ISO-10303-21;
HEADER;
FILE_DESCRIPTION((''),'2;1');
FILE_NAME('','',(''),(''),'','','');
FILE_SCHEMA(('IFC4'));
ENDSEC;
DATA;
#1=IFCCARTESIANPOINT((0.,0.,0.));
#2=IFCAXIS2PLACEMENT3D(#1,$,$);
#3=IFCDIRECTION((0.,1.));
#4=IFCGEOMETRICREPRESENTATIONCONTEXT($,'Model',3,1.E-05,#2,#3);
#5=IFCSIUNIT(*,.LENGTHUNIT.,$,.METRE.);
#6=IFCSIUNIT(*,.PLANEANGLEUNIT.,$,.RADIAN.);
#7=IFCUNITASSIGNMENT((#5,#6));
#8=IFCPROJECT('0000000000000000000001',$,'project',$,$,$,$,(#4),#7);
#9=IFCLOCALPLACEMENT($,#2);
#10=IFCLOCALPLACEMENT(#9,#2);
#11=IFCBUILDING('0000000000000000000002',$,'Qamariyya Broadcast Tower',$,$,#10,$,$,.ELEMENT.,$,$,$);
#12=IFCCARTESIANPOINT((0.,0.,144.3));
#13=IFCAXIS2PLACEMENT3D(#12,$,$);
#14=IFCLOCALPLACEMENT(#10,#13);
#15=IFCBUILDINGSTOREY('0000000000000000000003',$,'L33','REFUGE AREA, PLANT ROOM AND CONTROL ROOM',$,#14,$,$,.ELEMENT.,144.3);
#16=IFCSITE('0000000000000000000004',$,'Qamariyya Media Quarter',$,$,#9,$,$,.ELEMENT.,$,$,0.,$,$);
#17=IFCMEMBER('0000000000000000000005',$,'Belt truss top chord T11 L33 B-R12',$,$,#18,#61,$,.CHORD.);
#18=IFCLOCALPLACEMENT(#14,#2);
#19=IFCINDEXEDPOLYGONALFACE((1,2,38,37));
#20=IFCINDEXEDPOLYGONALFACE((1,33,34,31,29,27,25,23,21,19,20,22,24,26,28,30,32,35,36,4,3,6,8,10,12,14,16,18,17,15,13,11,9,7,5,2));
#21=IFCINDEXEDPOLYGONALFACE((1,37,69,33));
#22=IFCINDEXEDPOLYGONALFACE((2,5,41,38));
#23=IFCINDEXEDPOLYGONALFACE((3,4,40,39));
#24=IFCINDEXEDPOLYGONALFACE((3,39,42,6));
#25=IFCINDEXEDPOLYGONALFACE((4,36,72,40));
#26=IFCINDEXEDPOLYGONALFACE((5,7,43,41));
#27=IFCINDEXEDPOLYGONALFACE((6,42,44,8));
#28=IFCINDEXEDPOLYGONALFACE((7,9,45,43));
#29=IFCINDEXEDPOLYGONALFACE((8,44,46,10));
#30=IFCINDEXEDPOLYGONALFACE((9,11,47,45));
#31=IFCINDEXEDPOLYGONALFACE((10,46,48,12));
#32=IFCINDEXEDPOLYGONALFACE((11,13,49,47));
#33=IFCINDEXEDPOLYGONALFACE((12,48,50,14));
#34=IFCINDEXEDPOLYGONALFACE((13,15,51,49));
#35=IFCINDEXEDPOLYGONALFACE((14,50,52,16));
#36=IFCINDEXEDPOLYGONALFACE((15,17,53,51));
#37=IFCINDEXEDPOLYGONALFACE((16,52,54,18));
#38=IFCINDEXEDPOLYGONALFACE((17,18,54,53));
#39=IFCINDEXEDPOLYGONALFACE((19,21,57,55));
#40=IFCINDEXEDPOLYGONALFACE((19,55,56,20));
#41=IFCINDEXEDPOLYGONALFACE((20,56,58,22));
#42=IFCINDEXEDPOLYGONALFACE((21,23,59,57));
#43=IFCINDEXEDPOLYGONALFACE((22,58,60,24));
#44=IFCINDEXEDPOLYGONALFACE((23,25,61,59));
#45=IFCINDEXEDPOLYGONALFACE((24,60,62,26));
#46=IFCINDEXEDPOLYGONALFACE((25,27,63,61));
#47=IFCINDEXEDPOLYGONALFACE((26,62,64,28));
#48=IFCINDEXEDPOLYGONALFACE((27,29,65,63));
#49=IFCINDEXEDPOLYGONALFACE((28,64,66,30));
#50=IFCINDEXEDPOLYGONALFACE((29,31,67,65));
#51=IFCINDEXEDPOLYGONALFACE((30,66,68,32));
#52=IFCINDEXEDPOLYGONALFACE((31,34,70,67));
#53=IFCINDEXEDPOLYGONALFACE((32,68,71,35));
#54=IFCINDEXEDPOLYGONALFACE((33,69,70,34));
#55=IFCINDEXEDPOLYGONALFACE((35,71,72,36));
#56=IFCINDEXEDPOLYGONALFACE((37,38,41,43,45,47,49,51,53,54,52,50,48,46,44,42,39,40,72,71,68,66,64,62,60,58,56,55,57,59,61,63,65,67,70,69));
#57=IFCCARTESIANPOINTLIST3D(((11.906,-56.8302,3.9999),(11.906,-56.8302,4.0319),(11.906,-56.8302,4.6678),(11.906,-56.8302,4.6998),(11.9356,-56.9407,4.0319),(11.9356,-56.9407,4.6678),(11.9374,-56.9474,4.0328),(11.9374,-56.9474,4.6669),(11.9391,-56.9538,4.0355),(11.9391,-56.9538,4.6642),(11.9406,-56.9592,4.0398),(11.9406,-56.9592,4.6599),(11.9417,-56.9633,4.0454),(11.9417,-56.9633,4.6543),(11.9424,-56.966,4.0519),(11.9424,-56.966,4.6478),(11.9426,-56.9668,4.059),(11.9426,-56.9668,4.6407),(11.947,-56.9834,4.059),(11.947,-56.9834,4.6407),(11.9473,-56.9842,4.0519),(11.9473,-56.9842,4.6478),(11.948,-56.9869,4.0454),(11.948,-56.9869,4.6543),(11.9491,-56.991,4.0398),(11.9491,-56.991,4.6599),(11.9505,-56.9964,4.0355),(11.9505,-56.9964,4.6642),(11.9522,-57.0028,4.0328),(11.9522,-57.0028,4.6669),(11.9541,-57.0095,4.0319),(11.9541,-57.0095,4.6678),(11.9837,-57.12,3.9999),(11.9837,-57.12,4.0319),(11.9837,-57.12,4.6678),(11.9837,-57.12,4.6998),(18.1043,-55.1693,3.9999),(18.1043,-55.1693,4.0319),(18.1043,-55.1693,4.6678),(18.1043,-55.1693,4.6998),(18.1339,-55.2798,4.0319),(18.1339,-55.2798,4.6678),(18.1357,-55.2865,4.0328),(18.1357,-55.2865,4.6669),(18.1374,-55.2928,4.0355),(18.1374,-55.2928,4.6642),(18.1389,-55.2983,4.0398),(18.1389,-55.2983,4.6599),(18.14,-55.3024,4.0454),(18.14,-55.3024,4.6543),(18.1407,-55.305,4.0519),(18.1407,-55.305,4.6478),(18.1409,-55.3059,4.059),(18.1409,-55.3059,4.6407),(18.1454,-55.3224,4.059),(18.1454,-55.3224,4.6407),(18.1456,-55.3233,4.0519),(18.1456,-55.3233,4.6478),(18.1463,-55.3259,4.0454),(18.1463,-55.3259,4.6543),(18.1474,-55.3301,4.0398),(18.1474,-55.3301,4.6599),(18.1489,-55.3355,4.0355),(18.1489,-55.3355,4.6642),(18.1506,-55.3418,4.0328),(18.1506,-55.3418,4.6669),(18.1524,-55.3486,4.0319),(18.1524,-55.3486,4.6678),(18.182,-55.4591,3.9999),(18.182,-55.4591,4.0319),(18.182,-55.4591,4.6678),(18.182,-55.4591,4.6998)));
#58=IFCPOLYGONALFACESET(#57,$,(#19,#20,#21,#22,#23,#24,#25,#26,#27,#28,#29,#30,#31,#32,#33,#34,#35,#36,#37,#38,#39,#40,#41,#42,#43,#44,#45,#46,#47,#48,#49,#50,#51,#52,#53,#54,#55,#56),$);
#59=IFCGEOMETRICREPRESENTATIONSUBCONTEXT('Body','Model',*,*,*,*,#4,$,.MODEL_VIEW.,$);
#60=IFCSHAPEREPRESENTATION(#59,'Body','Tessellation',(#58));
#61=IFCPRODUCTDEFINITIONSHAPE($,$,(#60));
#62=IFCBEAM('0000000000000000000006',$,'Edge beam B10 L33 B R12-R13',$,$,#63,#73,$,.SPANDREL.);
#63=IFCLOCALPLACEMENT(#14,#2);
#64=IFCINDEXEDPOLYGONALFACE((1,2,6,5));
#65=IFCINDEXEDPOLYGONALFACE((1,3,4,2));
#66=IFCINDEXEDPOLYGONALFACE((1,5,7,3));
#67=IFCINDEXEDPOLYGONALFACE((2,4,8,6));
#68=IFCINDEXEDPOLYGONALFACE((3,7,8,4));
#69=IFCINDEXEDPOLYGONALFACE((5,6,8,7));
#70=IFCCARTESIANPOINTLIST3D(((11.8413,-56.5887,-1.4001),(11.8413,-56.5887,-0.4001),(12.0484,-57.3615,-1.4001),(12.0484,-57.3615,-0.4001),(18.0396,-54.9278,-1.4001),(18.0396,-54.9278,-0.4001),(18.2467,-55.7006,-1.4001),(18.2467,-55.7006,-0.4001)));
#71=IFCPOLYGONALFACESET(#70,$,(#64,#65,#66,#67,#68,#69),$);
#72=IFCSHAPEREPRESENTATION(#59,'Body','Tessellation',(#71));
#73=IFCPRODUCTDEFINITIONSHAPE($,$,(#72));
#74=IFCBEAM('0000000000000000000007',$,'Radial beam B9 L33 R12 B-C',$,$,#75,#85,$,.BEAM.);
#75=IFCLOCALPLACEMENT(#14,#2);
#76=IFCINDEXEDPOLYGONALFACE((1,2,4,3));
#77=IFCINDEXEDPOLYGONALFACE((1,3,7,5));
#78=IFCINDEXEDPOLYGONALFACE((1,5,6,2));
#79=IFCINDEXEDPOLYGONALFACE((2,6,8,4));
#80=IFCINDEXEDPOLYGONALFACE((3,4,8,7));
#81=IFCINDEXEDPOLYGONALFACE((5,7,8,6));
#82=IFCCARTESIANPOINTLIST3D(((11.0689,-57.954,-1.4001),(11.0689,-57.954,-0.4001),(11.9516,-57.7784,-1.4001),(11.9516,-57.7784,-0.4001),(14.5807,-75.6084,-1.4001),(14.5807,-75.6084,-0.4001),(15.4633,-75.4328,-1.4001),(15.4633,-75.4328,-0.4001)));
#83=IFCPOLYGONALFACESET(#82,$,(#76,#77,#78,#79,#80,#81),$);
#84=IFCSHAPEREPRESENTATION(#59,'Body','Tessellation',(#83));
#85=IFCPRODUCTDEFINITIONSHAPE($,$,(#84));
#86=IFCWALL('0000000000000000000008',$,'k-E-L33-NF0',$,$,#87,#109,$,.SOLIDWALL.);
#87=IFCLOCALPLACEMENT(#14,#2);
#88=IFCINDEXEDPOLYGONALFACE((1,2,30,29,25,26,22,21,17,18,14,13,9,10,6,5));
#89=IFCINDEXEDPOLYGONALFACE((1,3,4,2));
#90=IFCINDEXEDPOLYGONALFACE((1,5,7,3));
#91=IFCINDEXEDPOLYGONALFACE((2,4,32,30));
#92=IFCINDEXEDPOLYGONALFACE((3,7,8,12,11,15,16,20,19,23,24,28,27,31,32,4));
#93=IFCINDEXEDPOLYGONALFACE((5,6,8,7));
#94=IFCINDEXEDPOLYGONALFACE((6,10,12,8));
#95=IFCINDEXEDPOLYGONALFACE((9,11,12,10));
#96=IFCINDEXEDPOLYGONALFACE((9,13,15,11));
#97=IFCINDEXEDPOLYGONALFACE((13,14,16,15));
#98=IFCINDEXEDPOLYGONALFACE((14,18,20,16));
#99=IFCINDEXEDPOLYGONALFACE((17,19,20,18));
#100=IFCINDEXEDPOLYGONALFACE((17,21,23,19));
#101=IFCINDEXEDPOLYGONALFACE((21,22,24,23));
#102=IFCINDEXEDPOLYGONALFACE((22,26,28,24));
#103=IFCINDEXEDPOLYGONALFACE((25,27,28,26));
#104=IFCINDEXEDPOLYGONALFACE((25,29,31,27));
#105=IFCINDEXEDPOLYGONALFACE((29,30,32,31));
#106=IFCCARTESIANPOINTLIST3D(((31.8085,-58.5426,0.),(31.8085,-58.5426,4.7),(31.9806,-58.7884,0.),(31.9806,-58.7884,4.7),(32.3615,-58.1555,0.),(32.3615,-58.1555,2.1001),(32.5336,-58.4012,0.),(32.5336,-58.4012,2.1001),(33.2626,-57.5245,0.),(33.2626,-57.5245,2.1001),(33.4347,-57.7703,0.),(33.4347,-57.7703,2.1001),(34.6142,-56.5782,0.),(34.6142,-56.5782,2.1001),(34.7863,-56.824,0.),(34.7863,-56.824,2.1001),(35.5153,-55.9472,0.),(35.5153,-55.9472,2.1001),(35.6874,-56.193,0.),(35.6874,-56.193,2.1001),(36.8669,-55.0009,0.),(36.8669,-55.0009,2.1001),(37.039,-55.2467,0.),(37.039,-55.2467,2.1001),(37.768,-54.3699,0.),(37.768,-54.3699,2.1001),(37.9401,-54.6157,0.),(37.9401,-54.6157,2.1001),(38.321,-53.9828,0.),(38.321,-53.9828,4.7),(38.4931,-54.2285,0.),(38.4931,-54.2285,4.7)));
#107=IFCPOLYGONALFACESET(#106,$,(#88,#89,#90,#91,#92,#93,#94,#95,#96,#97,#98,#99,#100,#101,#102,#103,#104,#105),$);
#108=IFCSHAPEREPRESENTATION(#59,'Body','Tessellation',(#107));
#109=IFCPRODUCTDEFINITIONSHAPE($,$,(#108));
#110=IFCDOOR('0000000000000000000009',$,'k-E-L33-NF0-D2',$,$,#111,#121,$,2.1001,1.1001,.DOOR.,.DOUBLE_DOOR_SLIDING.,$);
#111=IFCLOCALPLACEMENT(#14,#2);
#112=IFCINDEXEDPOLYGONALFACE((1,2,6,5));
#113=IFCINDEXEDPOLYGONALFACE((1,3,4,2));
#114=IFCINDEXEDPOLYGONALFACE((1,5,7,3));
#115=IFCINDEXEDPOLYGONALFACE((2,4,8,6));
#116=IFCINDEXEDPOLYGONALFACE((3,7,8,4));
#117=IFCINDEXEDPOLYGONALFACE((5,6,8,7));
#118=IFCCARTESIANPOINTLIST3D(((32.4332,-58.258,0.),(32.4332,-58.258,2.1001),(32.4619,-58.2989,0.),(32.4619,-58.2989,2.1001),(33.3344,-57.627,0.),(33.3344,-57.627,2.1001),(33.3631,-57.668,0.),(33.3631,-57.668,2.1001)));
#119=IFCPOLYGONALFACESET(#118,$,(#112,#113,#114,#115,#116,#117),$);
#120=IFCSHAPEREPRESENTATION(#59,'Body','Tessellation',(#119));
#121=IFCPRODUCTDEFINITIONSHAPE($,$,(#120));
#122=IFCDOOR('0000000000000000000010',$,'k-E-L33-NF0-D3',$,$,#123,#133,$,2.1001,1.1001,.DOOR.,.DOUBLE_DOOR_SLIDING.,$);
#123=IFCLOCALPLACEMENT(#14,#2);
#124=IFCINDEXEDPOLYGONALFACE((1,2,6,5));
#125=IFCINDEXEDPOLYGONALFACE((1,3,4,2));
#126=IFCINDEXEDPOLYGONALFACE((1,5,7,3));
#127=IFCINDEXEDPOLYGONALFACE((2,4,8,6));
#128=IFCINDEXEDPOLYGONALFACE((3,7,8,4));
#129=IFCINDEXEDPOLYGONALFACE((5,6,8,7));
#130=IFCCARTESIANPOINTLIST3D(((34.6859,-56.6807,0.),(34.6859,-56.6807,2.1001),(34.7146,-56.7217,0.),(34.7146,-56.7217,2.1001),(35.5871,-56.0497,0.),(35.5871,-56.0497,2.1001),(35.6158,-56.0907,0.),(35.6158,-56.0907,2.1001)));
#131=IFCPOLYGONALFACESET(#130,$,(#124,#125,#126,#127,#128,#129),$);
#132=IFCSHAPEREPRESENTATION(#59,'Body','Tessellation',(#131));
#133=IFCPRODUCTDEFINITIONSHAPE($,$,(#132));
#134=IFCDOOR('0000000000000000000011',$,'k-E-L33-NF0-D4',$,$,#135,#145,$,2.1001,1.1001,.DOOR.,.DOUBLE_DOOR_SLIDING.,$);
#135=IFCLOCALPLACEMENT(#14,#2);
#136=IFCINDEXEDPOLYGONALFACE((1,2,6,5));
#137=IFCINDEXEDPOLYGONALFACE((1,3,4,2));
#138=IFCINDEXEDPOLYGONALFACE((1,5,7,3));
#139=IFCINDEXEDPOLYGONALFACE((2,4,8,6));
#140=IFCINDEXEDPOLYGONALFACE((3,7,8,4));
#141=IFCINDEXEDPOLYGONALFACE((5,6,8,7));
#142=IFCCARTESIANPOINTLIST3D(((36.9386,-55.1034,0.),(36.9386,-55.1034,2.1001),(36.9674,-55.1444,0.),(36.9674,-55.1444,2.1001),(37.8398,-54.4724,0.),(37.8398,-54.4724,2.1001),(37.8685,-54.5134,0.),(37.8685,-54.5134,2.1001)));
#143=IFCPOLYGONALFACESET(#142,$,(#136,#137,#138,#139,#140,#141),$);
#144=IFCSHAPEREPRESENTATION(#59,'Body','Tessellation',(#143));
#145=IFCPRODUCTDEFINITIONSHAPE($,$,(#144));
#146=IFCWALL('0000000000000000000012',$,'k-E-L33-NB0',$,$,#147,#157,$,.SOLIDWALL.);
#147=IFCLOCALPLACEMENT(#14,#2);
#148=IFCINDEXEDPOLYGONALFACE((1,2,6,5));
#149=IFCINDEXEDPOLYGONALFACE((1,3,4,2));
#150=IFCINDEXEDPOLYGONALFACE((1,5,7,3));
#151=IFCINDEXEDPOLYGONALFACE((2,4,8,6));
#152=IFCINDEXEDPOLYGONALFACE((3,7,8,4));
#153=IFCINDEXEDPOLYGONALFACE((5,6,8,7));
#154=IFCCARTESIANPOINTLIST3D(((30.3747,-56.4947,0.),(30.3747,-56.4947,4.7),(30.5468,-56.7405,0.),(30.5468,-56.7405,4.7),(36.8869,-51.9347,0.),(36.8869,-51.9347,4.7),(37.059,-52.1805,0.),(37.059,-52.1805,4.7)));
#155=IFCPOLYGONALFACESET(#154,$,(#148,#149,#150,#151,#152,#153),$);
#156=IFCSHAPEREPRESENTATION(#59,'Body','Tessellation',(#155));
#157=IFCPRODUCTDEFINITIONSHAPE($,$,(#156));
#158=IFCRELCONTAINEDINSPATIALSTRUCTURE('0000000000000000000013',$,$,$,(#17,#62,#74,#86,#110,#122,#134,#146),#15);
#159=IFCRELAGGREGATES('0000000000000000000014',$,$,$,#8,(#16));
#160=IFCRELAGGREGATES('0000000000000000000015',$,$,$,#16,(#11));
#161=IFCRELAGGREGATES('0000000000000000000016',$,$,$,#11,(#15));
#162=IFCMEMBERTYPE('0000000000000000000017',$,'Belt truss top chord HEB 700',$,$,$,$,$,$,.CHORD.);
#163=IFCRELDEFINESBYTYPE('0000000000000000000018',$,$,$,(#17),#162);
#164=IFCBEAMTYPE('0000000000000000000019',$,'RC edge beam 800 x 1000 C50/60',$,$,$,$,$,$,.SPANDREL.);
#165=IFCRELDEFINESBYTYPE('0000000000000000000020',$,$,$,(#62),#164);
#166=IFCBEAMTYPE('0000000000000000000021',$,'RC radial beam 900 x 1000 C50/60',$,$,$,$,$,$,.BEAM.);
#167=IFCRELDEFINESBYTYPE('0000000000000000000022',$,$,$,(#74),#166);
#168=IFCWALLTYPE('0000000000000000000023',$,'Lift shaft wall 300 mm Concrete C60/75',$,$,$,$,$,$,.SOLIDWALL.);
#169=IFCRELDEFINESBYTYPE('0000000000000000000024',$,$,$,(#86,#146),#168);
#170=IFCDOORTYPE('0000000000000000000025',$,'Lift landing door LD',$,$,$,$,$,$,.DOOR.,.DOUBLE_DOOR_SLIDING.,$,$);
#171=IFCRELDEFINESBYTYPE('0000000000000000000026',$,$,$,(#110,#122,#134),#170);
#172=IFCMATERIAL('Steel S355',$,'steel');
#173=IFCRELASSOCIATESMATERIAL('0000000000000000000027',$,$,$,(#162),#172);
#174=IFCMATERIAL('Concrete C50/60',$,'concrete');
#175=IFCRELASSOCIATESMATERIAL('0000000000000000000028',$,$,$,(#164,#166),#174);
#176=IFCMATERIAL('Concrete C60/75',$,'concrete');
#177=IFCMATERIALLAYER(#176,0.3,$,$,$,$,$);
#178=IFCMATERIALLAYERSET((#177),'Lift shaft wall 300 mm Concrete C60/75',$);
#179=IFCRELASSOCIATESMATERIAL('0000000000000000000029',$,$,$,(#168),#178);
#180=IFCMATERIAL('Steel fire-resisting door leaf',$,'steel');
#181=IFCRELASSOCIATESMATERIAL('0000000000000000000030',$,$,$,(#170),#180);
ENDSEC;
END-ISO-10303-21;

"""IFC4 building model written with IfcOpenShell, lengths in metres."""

from ifc_helpers import new_model, si_unit, direction, frame, frame_2d, origin, origin_2d, place, context, subcontext, project, spatial, rectangle, i_section, extrude, material, layer, layer_set, material_profile, profile_set, type_object, element, fill, save


model = new_model("IFC4")

# Units and contexts
model_context = context("Model", 3, precision=1e-05, world=origin(), true_north=direction((0.0, 1.0)))
body_context = subcontext(model_context, "Body", "Model", "MODEL_VIEW")
ifc_project = project(units=[si_unit("LENGTHUNIT", "METRE"), si_unit("PLANEANGLEUNIT", "RADIAN")], contexts=[model_context])

# Site, building, storey
site_placement = place(None, origin())
site = spatial("IfcSite", under=ifc_project, at=site_placement, Name="Qamariyya Media Quarter", CompositionType="ELEMENT", RefElevation=0.0)
building_placement = place(site_placement, origin())
building = spatial("IfcBuilding", under=site, at=building_placement, Name="Qamariyya Broadcast Tower", CompositionType="ELEMENT")
storey_placement = place(building_placement, frame((0.0, 0.0, 144.3)))
storey = spatial("IfcBuildingStorey", under=building, at=storey_placement, Name="L33", Description="REFUGE AREA, PLANT ROOM AND CONTROL ROOM", CompositionType="ELEMENT", Elevation=144.3)

# Member
ifc_material_1 = material(Name="Steel S355", Category="steel")
ifc_material_profile_1 = material_profile(ifc_material_1, i_section(OverallWidth=0.3, OverallDepth=0.7, WebThickness=0.0171, FlangeThickness=0.032, FilletRadius=0.0271, at=origin_2d()))
ifc_profile_set_1 = profile_set([ifc_material_profile_1], Name="Steel S355")
member_type_1 = type_object("IfcMemberType", Name="Belt truss top chord HEB 700", PredefinedType="CHORD", material=ifc_profile_set_1)
member_1_placement = place(storey_placement, frame((11.9448, -56.9751, 4.3499), z_axis=(0.965923, 0.25883, 0.0), x_axis=(-0.25883, 0.965923, 0.0)))
element("IfcMember", 1, at=member_1_placement, inside=storey, type_object=member_type_1, Name="Belt truss top chord T11 L33 B-R12", PredefinedType="CHORD", context=body_context, shape_type="SweptSolid", body=[
    extrude(i_section(OverallWidth=0.3, OverallDepth=0.7, WebThickness=0.0171, FlangeThickness=0.032, FilletRadius=0.0271, at=origin_2d()), origin(), (0.0, 0.0, 1.0), 6.417),
])

# Beams
ifc_material_2 = material(Name="Concrete C50/60", Category="concrete")
ifc_material_profile_2 = material_profile(ifc_material_2, rectangle(XDim=0.8, YDim=1.0, at=origin_2d()))
ifc_profile_set_2 = profile_set([ifc_material_profile_2], Name="Concrete C50/60")
beam_type_1 = type_object("IfcBeamType", Name="RC edge beam 800 x 1000 C50/60", PredefinedType="SPANDREL", material=ifc_profile_set_2)
beam_1_placement = place(storey_placement, frame((11.9448, -56.9751, -0.9001), z_axis=(0.965923, 0.25883, 0.0), x_axis=(-0.25883, 0.965923, 0.0)))
element("IfcBeam", 2, at=beam_1_placement, inside=storey, type_object=beam_type_1, Name="Edge beam B10 L33 B R12-R13", PredefinedType="SPANDREL", context=body_context, shape_type="SweptSolid", body=[
    extrude(rectangle(XDim=0.8, YDim=1.0, at=origin_2d()), origin(), (0.0, 0.0, 1.0), 6.417),
])
ifc_material_profile_3 = material_profile(ifc_material_2, rectangle(XDim=0.8999, YDim=1.0, at=origin_2d()))
ifc_profile_set_3 = profile_set([ifc_material_profile_3], Name="Concrete C50/60")
beam_type_2 = type_object("IfcBeamType", Name="RC radial beam 900 x 1000 C50/60", PredefinedType="BEAM", material=ifc_profile_set_3)
beam_2_placement = place(storey_placement, frame((11.5103, -57.8662, -0.9001), z_axis=(0.195094, -0.980785, 0.0), x_axis=(0.980785, 0.195094, 0.0)))
element("IfcBeam", 3, at=beam_2_placement, inside=storey, type_object=beam_type_2, Name="Radial beam B9 L33 R12 B-C", PredefinedType="BEAM", context=body_context, shape_type="SweptSolid", body=[
    extrude(rectangle(XDim=0.8999, YDim=1.0, at=origin_2d()), origin(), (0.0, 0.0, 1.0), 18.0002),
])

# Wall, openings, doors
ifc_material_3 = material(Name="Concrete C60/75", Category="concrete")
ifc_layer_1 = layer(ifc_material_3, 0.3)
ifc_layer_set_1 = layer_set([ifc_layer_1], Name="Lift shaft wall 300 mm Concrete C60/75")
wall_type_1 = type_object("IfcWallType", Name="Lift shaft wall 300 mm Concrete C60/75", PredefinedType="SOLIDWALL", material=ifc_layer_set_1)
wall_1_placement = place(storey_placement, frame((31.8945, -58.6655, 0.0), z_axis=(0.0, 0.0, 1.0), x_axis=(0.819167, 0.573555, 0.0)))
wall_1 = element("IfcWall", 4, at=wall_1_placement, inside=storey, type_object=wall_type_1, Name="k-E-L33-NF0", PredefinedType="SOLIDWALL", context=body_context, shape_type="SweptSolid", body=[
    extrude(rectangle(XDim=7.9502, YDim=0.3, at=frame_2d((3.9751, 0.0))), origin(), (0.0, 0.0, 1.0), 4.7),
])
opening_1_placement = place(wall_1_placement, frame((0.675, 0.0, 0.0)))
opening_1 = element("IfcOpeningElement", 5, at=opening_1_placement, cuts=wall_1, PredefinedType="OPENING", context=body_context, shape_type="SweptSolid", body=[
    extrude(rectangle(XDim=1.1001, YDim=2.1001, at=frame_2d((0.55, 1.05))), frame((0.0, 0.1599, 0.0), z_axis=(0.0, -1.0, 0.0), x_axis=(1.0, 0.0, 0.0)), (0.0, 0.0, 1.0), 0.3201),
])
opening_2_placement = place(wall_1_placement, frame((3.425, 0.0, 0.0)))
opening_2 = element("IfcOpeningElement", 6, at=opening_2_placement, cuts=wall_1, PredefinedType="OPENING", context=body_context, shape_type="SweptSolid", body=[
    extrude(rectangle(XDim=1.1001, YDim=2.1001, at=frame_2d((0.55, 1.05))), frame((0.0, 0.1599, 0.0), z_axis=(0.0, -1.0, 0.0), x_axis=(1.0, 0.0, 0.0)), (0.0, 0.0, 1.0), 0.3201),
])
opening_3_placement = place(wall_1_placement, frame((6.175, 0.0, 0.0)))
opening_3 = element("IfcOpeningElement", 7, at=opening_3_placement, cuts=wall_1, PredefinedType="OPENING", context=body_context, shape_type="SweptSolid", body=[
    extrude(rectangle(XDim=1.1001, YDim=2.1001, at=frame_2d((0.55, 1.05))), frame((0.0, 0.1599, 0.0), z_axis=(0.0, -1.0, 0.0), x_axis=(1.0, 0.0, 0.0)), (0.0, 0.0, 1.0), 0.3201),
])
ifc_material_4 = material(Name="Steel fire-resisting door leaf", Category="steel")
door_type_1 = type_object("IfcDoorType", Name="Lift landing door LD", OperationType="DOUBLE_DOOR_SLIDING", PredefinedType="DOOR", material=ifc_material_4)
door_1_placement = place(opening_1_placement, origin())
door_1 = element("IfcDoor", 8, at=door_1_placement, inside=storey, type_object=door_type_1, Name="k-E-L33-NF0-D2", OperationType="DOUBLE_DOOR_SLIDING", OverallHeight=2.1001, OverallWidth=1.1001, PredefinedType="DOOR", context=body_context, shape_type="SweptSolid", body=[
    extrude(rectangle(XDim=1.1001, YDim=2.1001, at=frame_2d((0.55, 1.05))), frame((0.0, 0.0249, 0.0), z_axis=(0.0, -1.0, 0.0), x_axis=(1.0, 0.0, 0.0)), (0.0, 0.0, 1.0), 0.05),
])
fill(opening_1, door_1)
door_2_placement = place(opening_2_placement, origin())
door_2 = element("IfcDoor", 9, at=door_2_placement, inside=storey, type_object=door_type_1, Name="k-E-L33-NF0-D3", OperationType="DOUBLE_DOOR_SLIDING", OverallHeight=2.1001, OverallWidth=1.1001, PredefinedType="DOOR", context=body_context, shape_type="SweptSolid", body=[
    extrude(rectangle(XDim=1.1001, YDim=2.1001, at=frame_2d((0.55, 1.05))), frame((0.0, 0.0249, 0.0), z_axis=(0.0, -1.0, 0.0), x_axis=(1.0, 0.0, 0.0)), (0.0, 0.0, 1.0), 0.05),
])
fill(opening_2, door_2)
door_3_placement = place(opening_3_placement, origin())
door_3 = element("IfcDoor", 10, at=door_3_placement, inside=storey, type_object=door_type_1, Name="k-E-L33-NF0-D4", OperationType="DOUBLE_DOOR_SLIDING", OverallHeight=2.1001, OverallWidth=1.1001, PredefinedType="DOOR", context=body_context, shape_type="SweptSolid", body=[
    extrude(rectangle(XDim=1.1001, YDim=2.1001, at=frame_2d((0.55, 1.05))), frame((0.0, 0.0249, 0.0), z_axis=(0.0, -1.0, 0.0), x_axis=(1.0, 0.0, 0.0)), (0.0, 0.0, 1.0), 0.05),
])
fill(opening_3, door_3)

# Wall
wall_2_placement = place(storey_placement, frame((30.4607, -56.6177, 0.0), z_axis=(0.0, 0.0, 1.0), x_axis=(0.819142, 0.57359, 0.0)))
element("IfcWall", 11, at=wall_2_placement, inside=storey, type_object=wall_type_1, Name="k-E-L33-NB0", PredefinedType="SOLIDWALL", context=body_context, shape_type="SweptSolid", body=[
    extrude(rectangle(XDim=7.95, YDim=0.3, at=frame_2d((3.9751, 0.0))), origin(), (0.0, 0.0, 1.0), 4.7),
])

save(model, "model.ifc")
